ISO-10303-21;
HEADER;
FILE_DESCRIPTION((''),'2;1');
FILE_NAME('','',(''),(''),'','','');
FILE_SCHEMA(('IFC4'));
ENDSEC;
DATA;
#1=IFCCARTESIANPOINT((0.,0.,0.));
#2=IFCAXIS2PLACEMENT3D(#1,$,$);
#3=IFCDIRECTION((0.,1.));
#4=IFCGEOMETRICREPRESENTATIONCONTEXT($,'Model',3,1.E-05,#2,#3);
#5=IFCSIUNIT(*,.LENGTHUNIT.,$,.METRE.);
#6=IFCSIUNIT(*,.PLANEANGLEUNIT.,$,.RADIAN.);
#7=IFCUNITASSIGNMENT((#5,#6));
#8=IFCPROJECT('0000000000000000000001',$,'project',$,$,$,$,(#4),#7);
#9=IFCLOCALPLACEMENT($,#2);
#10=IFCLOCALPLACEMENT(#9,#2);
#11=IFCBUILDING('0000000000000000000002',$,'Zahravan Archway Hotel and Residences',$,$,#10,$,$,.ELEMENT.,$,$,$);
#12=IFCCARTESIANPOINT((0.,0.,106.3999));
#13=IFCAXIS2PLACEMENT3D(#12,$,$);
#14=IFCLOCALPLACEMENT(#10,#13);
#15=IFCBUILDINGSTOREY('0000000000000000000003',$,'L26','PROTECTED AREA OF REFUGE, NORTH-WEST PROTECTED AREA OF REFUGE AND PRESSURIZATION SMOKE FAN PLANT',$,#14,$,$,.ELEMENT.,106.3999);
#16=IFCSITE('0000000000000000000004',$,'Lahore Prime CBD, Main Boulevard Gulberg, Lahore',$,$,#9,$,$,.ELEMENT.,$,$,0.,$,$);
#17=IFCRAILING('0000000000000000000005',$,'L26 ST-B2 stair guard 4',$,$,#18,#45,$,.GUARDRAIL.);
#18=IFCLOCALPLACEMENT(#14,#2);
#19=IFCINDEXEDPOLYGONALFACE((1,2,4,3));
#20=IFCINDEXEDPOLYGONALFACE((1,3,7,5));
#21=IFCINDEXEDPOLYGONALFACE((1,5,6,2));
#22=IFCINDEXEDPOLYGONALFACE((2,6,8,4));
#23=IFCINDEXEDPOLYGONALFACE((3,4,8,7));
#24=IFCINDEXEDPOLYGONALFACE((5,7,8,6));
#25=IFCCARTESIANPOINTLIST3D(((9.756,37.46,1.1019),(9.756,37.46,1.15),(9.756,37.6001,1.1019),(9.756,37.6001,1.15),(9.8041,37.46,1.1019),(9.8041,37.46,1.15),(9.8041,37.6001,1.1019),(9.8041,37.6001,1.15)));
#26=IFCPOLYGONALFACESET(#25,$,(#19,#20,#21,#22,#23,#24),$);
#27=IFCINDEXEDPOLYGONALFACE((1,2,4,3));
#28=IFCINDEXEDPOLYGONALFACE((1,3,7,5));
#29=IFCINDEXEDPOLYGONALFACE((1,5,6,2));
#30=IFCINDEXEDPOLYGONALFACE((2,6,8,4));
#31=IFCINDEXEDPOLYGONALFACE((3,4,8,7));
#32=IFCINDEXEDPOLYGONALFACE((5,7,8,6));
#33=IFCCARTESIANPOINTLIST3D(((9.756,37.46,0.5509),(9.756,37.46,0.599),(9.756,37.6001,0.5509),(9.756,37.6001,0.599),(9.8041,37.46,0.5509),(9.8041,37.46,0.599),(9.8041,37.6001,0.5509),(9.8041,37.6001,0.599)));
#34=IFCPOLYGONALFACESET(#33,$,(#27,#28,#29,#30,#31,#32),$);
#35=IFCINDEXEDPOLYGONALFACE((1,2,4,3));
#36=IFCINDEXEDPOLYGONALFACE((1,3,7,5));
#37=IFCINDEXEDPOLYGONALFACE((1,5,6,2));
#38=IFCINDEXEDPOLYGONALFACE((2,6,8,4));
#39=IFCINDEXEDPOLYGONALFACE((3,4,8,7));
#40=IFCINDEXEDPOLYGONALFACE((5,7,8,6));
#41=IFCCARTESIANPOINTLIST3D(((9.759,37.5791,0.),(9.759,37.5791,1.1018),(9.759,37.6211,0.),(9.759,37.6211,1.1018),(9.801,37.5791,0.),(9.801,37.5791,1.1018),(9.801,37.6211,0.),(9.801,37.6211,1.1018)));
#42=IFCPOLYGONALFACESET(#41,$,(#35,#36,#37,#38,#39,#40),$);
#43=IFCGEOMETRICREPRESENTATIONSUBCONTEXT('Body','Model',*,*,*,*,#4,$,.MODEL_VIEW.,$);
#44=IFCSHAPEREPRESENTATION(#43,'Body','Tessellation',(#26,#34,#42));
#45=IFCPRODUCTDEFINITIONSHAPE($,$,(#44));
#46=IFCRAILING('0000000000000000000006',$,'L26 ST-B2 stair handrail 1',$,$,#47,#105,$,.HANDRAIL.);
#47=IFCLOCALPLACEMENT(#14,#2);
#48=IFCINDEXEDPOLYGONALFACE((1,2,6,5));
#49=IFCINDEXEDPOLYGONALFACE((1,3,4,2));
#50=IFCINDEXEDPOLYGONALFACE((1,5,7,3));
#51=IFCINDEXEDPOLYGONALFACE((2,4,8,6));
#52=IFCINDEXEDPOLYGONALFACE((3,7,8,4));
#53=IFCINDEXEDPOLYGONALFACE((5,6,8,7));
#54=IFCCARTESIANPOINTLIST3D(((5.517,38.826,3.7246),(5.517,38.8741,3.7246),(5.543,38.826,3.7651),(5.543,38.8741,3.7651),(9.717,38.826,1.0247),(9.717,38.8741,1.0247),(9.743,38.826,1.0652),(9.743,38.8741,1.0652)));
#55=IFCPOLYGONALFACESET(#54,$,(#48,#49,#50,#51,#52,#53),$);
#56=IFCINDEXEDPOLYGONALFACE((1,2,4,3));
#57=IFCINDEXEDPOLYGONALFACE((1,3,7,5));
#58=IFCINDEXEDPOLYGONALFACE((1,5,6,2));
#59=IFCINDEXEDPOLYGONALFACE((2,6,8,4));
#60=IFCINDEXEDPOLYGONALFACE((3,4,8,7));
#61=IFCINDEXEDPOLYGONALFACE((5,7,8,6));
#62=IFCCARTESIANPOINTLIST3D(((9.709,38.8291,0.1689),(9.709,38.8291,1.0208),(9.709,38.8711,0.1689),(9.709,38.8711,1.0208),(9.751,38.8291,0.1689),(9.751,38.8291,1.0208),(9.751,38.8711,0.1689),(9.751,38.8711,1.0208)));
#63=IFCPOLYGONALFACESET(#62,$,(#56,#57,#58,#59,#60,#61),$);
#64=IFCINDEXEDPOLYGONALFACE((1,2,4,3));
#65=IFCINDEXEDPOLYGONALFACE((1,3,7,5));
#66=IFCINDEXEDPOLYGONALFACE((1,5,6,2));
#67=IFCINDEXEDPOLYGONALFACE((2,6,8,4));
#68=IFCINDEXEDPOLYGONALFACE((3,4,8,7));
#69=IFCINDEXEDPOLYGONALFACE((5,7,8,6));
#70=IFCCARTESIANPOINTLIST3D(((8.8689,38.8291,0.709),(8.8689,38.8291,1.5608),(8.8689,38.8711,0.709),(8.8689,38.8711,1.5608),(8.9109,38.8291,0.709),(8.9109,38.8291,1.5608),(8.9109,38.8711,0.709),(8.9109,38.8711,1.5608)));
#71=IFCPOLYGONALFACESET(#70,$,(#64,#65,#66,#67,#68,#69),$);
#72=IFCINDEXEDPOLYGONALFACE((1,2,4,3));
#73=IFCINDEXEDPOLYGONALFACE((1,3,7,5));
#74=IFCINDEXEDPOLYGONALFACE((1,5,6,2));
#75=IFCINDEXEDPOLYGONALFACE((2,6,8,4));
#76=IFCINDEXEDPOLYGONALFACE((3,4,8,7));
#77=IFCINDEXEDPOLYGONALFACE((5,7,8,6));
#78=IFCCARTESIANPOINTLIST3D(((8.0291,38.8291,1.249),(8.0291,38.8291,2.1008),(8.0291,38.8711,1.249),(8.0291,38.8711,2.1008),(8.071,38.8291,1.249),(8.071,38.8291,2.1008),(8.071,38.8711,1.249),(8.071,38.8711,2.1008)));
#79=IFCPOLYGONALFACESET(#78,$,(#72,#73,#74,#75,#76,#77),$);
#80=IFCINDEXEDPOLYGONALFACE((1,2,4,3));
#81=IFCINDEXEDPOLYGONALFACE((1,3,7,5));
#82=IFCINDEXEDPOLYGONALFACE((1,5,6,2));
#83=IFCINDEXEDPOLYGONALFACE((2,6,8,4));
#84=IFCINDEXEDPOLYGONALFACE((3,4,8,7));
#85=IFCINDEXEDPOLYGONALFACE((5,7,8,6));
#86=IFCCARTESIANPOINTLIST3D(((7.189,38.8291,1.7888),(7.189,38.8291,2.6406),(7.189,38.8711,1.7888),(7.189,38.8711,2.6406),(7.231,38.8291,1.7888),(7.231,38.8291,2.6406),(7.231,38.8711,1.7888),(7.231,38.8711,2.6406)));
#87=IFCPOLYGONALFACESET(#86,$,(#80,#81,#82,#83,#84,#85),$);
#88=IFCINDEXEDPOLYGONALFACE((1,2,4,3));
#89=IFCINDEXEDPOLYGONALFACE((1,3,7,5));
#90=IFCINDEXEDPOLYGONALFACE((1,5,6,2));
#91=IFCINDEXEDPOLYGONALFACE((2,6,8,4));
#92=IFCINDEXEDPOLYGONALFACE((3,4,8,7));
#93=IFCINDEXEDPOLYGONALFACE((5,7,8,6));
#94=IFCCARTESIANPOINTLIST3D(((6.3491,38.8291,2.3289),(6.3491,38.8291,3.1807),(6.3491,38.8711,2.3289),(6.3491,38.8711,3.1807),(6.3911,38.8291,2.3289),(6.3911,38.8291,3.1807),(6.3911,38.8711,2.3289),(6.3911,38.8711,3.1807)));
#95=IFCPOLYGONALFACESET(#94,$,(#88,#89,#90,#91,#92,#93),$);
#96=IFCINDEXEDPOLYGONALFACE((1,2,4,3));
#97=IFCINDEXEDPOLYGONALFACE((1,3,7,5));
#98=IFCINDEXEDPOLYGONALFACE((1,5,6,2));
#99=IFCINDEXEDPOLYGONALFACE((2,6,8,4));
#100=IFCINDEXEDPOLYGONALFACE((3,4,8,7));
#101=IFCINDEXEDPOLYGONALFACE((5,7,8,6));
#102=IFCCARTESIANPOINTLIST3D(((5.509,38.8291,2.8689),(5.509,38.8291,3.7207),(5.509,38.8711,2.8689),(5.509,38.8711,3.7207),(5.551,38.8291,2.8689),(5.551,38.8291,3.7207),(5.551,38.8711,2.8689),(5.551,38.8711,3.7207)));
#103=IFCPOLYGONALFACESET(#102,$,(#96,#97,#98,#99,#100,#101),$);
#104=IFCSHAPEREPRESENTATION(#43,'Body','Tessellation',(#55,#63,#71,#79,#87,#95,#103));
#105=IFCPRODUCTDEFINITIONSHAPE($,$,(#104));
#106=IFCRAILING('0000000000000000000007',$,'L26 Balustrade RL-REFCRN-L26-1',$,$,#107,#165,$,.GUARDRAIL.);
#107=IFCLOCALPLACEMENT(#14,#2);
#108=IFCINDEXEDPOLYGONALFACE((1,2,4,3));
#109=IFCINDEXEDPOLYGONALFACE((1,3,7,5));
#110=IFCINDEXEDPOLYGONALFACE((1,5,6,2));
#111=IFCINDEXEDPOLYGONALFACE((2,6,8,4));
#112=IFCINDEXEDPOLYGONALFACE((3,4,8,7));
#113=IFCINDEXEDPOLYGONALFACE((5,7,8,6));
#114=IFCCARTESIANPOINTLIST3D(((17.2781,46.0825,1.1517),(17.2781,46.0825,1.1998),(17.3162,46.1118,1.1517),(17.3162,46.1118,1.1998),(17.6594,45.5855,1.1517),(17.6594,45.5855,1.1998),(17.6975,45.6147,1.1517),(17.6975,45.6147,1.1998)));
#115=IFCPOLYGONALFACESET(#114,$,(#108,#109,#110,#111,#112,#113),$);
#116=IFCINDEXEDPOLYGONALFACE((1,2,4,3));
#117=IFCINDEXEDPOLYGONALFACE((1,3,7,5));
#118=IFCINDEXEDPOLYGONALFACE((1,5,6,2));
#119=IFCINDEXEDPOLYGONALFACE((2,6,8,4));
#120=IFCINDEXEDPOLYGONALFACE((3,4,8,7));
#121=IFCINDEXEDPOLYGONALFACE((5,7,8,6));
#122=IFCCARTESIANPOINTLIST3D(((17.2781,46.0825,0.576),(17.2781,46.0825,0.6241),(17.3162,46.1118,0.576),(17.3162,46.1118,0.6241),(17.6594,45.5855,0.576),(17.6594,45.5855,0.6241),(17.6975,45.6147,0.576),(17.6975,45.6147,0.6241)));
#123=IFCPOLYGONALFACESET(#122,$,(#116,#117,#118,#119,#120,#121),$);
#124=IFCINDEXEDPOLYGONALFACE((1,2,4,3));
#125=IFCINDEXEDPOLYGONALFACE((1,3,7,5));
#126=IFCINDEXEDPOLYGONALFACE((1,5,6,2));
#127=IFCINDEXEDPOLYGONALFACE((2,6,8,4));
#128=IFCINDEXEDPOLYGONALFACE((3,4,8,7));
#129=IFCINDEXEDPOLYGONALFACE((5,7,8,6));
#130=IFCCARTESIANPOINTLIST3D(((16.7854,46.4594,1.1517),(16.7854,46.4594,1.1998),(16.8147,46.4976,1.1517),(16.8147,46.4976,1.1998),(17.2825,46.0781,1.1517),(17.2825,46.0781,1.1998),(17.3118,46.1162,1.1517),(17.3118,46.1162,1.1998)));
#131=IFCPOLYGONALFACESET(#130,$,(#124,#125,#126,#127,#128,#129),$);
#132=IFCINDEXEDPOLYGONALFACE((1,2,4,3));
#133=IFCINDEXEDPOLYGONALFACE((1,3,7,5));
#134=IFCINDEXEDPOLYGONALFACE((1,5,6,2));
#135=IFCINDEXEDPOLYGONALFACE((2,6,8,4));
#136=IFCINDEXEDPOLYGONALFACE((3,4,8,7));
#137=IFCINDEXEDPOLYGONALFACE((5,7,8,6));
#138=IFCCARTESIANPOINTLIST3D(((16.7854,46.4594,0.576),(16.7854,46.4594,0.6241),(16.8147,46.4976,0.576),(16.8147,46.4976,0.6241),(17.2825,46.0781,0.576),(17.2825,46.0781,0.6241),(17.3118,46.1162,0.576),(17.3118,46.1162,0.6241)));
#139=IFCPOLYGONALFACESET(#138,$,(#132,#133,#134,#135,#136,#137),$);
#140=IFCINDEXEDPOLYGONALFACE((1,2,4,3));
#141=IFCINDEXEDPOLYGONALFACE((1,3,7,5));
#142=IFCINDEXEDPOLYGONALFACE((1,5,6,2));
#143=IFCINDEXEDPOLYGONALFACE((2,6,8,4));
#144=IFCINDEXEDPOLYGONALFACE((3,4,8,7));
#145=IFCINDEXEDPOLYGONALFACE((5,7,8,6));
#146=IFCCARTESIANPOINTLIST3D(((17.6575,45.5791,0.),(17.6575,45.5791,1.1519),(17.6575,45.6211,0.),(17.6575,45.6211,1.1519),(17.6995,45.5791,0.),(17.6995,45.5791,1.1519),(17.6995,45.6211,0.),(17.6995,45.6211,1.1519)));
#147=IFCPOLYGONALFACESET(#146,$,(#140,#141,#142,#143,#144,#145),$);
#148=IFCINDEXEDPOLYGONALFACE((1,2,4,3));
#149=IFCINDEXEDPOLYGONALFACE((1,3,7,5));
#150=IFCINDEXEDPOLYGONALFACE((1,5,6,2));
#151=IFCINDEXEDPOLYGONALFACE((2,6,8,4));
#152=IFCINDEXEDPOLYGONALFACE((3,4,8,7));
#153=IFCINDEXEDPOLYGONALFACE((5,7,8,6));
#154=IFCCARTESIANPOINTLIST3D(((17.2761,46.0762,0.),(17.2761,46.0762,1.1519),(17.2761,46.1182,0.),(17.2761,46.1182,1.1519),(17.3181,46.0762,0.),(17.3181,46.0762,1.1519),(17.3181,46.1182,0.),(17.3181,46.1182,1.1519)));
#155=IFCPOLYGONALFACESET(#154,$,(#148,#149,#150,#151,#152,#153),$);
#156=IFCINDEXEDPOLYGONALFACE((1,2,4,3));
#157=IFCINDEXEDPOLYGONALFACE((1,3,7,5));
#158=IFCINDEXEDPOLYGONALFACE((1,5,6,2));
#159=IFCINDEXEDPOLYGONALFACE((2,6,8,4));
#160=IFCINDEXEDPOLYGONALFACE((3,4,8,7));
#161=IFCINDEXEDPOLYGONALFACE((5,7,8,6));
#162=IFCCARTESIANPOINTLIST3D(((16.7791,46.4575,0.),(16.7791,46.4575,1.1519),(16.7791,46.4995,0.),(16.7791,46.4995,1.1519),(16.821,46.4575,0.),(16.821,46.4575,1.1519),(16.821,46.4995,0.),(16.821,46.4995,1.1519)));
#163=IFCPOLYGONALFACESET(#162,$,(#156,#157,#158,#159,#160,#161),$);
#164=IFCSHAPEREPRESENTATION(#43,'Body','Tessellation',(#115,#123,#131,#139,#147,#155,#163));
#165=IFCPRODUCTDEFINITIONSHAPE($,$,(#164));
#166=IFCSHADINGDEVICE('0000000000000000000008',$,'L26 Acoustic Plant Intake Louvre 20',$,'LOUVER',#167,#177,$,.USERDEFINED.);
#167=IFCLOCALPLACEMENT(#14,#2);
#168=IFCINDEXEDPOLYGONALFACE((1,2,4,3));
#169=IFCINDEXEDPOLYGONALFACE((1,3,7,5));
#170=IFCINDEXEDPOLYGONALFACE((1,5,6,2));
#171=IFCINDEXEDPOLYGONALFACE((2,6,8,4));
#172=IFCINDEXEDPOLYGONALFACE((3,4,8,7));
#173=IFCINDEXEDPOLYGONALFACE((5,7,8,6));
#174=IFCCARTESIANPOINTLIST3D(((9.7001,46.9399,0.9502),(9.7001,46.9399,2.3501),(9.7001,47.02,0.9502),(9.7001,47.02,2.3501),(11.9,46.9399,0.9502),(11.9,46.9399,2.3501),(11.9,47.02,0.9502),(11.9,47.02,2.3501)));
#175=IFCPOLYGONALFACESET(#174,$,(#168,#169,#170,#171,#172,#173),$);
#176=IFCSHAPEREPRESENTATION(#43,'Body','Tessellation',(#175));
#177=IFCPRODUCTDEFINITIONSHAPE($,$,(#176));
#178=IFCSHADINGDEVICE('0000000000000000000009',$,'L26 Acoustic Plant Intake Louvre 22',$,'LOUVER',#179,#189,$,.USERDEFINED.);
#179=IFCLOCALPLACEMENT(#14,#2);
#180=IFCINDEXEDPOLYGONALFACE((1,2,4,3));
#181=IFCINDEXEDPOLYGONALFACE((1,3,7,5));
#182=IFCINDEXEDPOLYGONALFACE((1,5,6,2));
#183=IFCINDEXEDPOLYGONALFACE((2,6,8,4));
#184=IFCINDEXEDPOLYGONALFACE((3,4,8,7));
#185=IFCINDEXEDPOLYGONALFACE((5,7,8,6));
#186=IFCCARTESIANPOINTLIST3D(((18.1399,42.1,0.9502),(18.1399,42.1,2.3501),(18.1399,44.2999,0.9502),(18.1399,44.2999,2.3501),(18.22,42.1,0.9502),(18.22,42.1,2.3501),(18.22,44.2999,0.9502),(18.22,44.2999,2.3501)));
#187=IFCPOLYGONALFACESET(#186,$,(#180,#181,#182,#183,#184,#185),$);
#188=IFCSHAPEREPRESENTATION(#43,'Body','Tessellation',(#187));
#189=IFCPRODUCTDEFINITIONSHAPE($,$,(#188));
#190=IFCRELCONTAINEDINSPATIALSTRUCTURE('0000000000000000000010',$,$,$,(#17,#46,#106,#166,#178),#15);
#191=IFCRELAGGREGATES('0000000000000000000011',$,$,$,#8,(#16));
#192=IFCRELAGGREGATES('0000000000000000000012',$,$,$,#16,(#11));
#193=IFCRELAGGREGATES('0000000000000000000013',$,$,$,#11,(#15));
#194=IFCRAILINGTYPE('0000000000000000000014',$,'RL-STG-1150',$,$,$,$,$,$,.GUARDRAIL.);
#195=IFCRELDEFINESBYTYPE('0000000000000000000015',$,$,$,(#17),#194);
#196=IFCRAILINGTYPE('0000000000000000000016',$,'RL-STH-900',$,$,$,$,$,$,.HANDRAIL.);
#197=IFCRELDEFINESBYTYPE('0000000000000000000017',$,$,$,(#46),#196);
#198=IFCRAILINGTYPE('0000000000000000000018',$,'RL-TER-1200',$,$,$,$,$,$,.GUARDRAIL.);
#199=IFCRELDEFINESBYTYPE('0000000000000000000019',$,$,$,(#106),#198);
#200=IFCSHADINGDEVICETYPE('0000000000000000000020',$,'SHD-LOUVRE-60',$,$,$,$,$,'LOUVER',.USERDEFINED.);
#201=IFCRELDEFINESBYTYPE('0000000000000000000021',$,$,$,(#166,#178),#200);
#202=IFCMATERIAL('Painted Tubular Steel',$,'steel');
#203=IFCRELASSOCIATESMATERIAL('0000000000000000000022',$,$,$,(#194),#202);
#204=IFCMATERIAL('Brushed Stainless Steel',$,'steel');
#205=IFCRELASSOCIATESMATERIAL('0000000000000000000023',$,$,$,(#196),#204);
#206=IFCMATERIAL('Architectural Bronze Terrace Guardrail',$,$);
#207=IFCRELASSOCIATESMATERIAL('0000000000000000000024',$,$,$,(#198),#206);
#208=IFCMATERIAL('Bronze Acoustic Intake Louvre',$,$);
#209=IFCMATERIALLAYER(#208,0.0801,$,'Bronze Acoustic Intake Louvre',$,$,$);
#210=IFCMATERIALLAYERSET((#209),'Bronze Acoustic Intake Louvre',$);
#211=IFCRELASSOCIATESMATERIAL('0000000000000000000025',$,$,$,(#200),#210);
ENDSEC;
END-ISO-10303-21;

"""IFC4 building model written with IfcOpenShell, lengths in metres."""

from ifc_helpers import new_model, si_unit, direction, frame, origin, origin_2d, place, context, subcontext, project, spatial, rectangle, extrude, source, transform, mapped, material, layer, layer_set, type_object, type_shapes, element, save


model = new_model("IFC4")

# Units and contexts
model_context = context("Model", 3, precision=1e-05, world=origin(), true_north=direction((0.0, 1.0)))
body_context = subcontext(model_context, "Body", "Model", "MODEL_VIEW")
ifc_project = project(units=[si_unit("LENGTHUNIT", "METRE"), si_unit("PLANEANGLEUNIT", "RADIAN")], contexts=[model_context])

# Site, building, storey
site_placement = place(None, origin())
site = spatial("IfcSite", under=ifc_project, at=site_placement, Name="Lahore Prime CBD, Main Boulevard Gulberg, Lahore", CompositionType="ELEMENT", RefElevation=0.0)
building_placement = place(site_placement, origin())
building = spatial("IfcBuilding", under=site, at=building_placement, Name="Zahravan Archway Hotel and Residences", CompositionType="ELEMENT")
storey_placement = place(building_placement, frame((0.0, 0.0, 106.3999)))
storey = spatial("IfcBuildingStorey", under=building, at=storey_placement, Name="L26", Description="PROTECTED AREA OF REFUGE, NORTH-WEST PROTECTED AREA OF REFUGE AND PRESSURIZATION SMOKE FAN PLANT", CompositionType="ELEMENT", Elevation=106.3999)

# Railings
ifc_material_1 = material(Name="Painted Tubular Steel", Category="steel")
railing_type_1 = type_object("IfcRailingType", Name="RL-STG-1150", PredefinedType="GUARDRAIL", material=ifc_material_1)
railing_1_placement = place(storey_placement, frame((9.78, 37.6001, 0.0)))
element("IfcRailing", 1, at=railing_1_placement, inside=storey, type_object=railing_type_1, Name="L26 ST-B2 stair guard 4", PredefinedType="GUARDRAIL", context=body_context, shape_type="SweptSolid", body=[
    extrude(rectangle(XDim=0.0481, YDim=0.0481, at=origin_2d()), frame((0.0, 0.0, 1.126), z_axis=(0.0, -1.0, 0.0), x_axis=(1.0, 0.0, 0.0)), (0.0, 0.0, 1.0), 0.1401),
    extrude(rectangle(XDim=0.0481, YDim=0.0481, at=origin_2d()), frame((0.0, 0.0, 0.575), z_axis=(0.0, -1.0, 0.0), x_axis=(1.0, 0.0, 0.0)), (0.0, 0.0, 1.0), 0.1401),
    extrude(rectangle(XDim=0.042, YDim=0.042, at=origin_2d()), origin(), (0.0, 0.0, 1.0), 1.1018),
])
ifc_material_2 = material(Name="Brushed Stainless Steel", Category="steel")
railing_type_2 = type_object("IfcRailingType", Name="RL-STH-900", PredefinedType="HANDRAIL", material=ifc_material_2)
railing_2_placement = place(storey_placement, frame((9.73, 38.8501, 0.1689)))
element("IfcRailing", 2, at=railing_2_placement, inside=storey, type_object=railing_type_2, Name="L26 ST-B2 stair handrail 1", PredefinedType="HANDRAIL", context=body_context, shape_type="SweptSolid", body=[
    extrude(rectangle(XDim=0.0481, YDim=0.0481, at=origin_2d()), frame((0.0, 0.0, 0.876), z_axis=(-0.84118, 0.0, 0.540755), x_axis=(0.0, -1.0, 0.0)), (0.0, 0.0, 1.0), 4.9929),
    extrude(rectangle(XDim=0.042, YDim=0.042, at=origin_2d()), origin(), (0.0, 0.0, 1.0), 0.8518),
    extrude(rectangle(XDim=0.042, YDim=0.042, at=origin_2d()), frame((-0.8401, 0.0, 0.54)), (0.0, 0.0, 1.0), 0.8518),
    extrude(rectangle(XDim=0.042, YDim=0.042, at=origin_2d()), frame((-1.6799, 0.0, 1.0801)), (0.0, 0.0, 1.0), 0.8518),
    extrude(rectangle(XDim=0.042, YDim=0.042, at=origin_2d()), frame((-2.52, 0.0, 1.6199)), (0.0, 0.0, 1.0), 0.8518),
    extrude(rectangle(XDim=0.042, YDim=0.042, at=origin_2d()), frame((-3.3599, 0.0, 2.1599)), (0.0, 0.0, 1.0), 0.8518),
    extrude(rectangle(XDim=0.042, YDim=0.042, at=origin_2d()), frame((-4.2, 0.0, 2.7)), (0.0, 0.0, 1.0), 0.8518),
])
ifc_material_3 = material(Name="Architectural Bronze Terrace Guardrail")
railing_type_3 = type_object("IfcRailingType", Name="RL-TER-1200", PredefinedType="GUARDRAIL", material=ifc_material_3)
railing_3_placement = place(storey_placement, frame((17.6785, 45.6001, 0.0)))
element("IfcRailing", 3, at=railing_3_placement, inside=storey, type_object=railing_type_3, Name="L26 Balustrade RL-REFCRN-L26-1", PredefinedType="GUARDRAIL", context=body_context, shape_type="SweptSolid", body=[
    extrude(rectangle(XDim=0.0481, YDim=0.0481, at=origin_2d()), frame((0.0, 0.0, 1.1758), z_axis=(-0.608693, 0.793406, 0.0), x_axis=(-0.793406, -0.608693, 0.0)), (0.0, 0.0, 1.0), 0.6265),
    extrude(rectangle(XDim=0.0481, YDim=0.0481, at=origin_2d()), frame((0.0, 0.0, 0.6001), z_axis=(-0.608693, 0.793406, 0.0), x_axis=(-0.793406, -0.608693, 0.0)), (0.0, 0.0, 1.0), 0.6265),
    extrude(rectangle(XDim=0.0481, YDim=0.0481, at=origin_2d()), frame((-0.3813, 0.4971, 1.1758), z_axis=(-0.793406, 0.608693, 0.0), x_axis=(-0.608693, -0.793406, 0.0)), (0.0, 0.0, 1.0), 0.6265),
    extrude(rectangle(XDim=0.0481, YDim=0.0481, at=origin_2d()), frame((-0.3813, 0.4971, 0.6001), z_axis=(-0.793406, 0.608693, 0.0), x_axis=(-0.608693, -0.793406, 0.0)), (0.0, 0.0, 1.0), 0.6265),
    extrude(rectangle(XDim=0.042, YDim=0.042, at=origin_2d()), origin(), (0.0, 0.0, 1.0), 1.1519),
    extrude(rectangle(XDim=0.042, YDim=0.042, at=origin_2d()), frame((-0.3813, 0.4971, 0.0)), (0.0, 0.0, 1.0), 1.1519),
    extrude(rectangle(XDim=0.042, YDim=0.042, at=origin_2d()), frame((-0.8784, 0.8784, 0.0)), (0.0, 0.0, 1.0), 1.1519),
])

# Shading devices
ifc_material_4 = material(Name="Bronze Acoustic Intake Louvre")
ifc_layer_1 = layer(ifc_material_4, 0.0801, Name="Bronze Acoustic Intake Louvre")
ifc_layer_set_1 = layer_set([ifc_layer_1], Name="Bronze Acoustic Intake Louvre")
shading_device_type = type_object("IfcShadingDeviceType", Name="SHD-LOUVRE-60", ElementType="LOUVER", PredefinedType="USERDEFINED", material=ifc_layer_set_1)
shared_shape_1 = source(origin(), body_context, "Body", "SweptSolid", [
    extrude(rectangle(XDim=2.2, YDim=0.0801, at=origin_2d()), origin(), (0.0, 0.0, 1.0), 1.3999),
])
type_shapes(shading_device_type, [shared_shape_1])
for number, where, z_axis, x_axis, name in (
    (4, (10.8, 46.98, 0.9502), (0.0, 0.0, 1.0), (1.0, 0.0, 0.0), "L26 Acoustic Plant Intake Louvre 20"),
    (5, (18.1799, 43.2, 0.9502), (0.0, 0.0, 1.0), (0.0, 1.0, 0.0), "L26 Acoustic Plant Intake Louvre 22"),
):
    element("IfcShadingDevice", number, at=place(storey_placement, frame(where, z_axis=z_axis, x_axis=x_axis)), inside=storey, type_object=shading_device_type, Name=name, ObjectType="LOUVER", PredefinedType="USERDEFINED", context=body_context, shape_type="MappedRepresentation", body=[
        mapped(shared_shape_1, transform((0.0, 0.0, 0.0), scale=1.0)),
    ])

save(model, "model.ifc")
